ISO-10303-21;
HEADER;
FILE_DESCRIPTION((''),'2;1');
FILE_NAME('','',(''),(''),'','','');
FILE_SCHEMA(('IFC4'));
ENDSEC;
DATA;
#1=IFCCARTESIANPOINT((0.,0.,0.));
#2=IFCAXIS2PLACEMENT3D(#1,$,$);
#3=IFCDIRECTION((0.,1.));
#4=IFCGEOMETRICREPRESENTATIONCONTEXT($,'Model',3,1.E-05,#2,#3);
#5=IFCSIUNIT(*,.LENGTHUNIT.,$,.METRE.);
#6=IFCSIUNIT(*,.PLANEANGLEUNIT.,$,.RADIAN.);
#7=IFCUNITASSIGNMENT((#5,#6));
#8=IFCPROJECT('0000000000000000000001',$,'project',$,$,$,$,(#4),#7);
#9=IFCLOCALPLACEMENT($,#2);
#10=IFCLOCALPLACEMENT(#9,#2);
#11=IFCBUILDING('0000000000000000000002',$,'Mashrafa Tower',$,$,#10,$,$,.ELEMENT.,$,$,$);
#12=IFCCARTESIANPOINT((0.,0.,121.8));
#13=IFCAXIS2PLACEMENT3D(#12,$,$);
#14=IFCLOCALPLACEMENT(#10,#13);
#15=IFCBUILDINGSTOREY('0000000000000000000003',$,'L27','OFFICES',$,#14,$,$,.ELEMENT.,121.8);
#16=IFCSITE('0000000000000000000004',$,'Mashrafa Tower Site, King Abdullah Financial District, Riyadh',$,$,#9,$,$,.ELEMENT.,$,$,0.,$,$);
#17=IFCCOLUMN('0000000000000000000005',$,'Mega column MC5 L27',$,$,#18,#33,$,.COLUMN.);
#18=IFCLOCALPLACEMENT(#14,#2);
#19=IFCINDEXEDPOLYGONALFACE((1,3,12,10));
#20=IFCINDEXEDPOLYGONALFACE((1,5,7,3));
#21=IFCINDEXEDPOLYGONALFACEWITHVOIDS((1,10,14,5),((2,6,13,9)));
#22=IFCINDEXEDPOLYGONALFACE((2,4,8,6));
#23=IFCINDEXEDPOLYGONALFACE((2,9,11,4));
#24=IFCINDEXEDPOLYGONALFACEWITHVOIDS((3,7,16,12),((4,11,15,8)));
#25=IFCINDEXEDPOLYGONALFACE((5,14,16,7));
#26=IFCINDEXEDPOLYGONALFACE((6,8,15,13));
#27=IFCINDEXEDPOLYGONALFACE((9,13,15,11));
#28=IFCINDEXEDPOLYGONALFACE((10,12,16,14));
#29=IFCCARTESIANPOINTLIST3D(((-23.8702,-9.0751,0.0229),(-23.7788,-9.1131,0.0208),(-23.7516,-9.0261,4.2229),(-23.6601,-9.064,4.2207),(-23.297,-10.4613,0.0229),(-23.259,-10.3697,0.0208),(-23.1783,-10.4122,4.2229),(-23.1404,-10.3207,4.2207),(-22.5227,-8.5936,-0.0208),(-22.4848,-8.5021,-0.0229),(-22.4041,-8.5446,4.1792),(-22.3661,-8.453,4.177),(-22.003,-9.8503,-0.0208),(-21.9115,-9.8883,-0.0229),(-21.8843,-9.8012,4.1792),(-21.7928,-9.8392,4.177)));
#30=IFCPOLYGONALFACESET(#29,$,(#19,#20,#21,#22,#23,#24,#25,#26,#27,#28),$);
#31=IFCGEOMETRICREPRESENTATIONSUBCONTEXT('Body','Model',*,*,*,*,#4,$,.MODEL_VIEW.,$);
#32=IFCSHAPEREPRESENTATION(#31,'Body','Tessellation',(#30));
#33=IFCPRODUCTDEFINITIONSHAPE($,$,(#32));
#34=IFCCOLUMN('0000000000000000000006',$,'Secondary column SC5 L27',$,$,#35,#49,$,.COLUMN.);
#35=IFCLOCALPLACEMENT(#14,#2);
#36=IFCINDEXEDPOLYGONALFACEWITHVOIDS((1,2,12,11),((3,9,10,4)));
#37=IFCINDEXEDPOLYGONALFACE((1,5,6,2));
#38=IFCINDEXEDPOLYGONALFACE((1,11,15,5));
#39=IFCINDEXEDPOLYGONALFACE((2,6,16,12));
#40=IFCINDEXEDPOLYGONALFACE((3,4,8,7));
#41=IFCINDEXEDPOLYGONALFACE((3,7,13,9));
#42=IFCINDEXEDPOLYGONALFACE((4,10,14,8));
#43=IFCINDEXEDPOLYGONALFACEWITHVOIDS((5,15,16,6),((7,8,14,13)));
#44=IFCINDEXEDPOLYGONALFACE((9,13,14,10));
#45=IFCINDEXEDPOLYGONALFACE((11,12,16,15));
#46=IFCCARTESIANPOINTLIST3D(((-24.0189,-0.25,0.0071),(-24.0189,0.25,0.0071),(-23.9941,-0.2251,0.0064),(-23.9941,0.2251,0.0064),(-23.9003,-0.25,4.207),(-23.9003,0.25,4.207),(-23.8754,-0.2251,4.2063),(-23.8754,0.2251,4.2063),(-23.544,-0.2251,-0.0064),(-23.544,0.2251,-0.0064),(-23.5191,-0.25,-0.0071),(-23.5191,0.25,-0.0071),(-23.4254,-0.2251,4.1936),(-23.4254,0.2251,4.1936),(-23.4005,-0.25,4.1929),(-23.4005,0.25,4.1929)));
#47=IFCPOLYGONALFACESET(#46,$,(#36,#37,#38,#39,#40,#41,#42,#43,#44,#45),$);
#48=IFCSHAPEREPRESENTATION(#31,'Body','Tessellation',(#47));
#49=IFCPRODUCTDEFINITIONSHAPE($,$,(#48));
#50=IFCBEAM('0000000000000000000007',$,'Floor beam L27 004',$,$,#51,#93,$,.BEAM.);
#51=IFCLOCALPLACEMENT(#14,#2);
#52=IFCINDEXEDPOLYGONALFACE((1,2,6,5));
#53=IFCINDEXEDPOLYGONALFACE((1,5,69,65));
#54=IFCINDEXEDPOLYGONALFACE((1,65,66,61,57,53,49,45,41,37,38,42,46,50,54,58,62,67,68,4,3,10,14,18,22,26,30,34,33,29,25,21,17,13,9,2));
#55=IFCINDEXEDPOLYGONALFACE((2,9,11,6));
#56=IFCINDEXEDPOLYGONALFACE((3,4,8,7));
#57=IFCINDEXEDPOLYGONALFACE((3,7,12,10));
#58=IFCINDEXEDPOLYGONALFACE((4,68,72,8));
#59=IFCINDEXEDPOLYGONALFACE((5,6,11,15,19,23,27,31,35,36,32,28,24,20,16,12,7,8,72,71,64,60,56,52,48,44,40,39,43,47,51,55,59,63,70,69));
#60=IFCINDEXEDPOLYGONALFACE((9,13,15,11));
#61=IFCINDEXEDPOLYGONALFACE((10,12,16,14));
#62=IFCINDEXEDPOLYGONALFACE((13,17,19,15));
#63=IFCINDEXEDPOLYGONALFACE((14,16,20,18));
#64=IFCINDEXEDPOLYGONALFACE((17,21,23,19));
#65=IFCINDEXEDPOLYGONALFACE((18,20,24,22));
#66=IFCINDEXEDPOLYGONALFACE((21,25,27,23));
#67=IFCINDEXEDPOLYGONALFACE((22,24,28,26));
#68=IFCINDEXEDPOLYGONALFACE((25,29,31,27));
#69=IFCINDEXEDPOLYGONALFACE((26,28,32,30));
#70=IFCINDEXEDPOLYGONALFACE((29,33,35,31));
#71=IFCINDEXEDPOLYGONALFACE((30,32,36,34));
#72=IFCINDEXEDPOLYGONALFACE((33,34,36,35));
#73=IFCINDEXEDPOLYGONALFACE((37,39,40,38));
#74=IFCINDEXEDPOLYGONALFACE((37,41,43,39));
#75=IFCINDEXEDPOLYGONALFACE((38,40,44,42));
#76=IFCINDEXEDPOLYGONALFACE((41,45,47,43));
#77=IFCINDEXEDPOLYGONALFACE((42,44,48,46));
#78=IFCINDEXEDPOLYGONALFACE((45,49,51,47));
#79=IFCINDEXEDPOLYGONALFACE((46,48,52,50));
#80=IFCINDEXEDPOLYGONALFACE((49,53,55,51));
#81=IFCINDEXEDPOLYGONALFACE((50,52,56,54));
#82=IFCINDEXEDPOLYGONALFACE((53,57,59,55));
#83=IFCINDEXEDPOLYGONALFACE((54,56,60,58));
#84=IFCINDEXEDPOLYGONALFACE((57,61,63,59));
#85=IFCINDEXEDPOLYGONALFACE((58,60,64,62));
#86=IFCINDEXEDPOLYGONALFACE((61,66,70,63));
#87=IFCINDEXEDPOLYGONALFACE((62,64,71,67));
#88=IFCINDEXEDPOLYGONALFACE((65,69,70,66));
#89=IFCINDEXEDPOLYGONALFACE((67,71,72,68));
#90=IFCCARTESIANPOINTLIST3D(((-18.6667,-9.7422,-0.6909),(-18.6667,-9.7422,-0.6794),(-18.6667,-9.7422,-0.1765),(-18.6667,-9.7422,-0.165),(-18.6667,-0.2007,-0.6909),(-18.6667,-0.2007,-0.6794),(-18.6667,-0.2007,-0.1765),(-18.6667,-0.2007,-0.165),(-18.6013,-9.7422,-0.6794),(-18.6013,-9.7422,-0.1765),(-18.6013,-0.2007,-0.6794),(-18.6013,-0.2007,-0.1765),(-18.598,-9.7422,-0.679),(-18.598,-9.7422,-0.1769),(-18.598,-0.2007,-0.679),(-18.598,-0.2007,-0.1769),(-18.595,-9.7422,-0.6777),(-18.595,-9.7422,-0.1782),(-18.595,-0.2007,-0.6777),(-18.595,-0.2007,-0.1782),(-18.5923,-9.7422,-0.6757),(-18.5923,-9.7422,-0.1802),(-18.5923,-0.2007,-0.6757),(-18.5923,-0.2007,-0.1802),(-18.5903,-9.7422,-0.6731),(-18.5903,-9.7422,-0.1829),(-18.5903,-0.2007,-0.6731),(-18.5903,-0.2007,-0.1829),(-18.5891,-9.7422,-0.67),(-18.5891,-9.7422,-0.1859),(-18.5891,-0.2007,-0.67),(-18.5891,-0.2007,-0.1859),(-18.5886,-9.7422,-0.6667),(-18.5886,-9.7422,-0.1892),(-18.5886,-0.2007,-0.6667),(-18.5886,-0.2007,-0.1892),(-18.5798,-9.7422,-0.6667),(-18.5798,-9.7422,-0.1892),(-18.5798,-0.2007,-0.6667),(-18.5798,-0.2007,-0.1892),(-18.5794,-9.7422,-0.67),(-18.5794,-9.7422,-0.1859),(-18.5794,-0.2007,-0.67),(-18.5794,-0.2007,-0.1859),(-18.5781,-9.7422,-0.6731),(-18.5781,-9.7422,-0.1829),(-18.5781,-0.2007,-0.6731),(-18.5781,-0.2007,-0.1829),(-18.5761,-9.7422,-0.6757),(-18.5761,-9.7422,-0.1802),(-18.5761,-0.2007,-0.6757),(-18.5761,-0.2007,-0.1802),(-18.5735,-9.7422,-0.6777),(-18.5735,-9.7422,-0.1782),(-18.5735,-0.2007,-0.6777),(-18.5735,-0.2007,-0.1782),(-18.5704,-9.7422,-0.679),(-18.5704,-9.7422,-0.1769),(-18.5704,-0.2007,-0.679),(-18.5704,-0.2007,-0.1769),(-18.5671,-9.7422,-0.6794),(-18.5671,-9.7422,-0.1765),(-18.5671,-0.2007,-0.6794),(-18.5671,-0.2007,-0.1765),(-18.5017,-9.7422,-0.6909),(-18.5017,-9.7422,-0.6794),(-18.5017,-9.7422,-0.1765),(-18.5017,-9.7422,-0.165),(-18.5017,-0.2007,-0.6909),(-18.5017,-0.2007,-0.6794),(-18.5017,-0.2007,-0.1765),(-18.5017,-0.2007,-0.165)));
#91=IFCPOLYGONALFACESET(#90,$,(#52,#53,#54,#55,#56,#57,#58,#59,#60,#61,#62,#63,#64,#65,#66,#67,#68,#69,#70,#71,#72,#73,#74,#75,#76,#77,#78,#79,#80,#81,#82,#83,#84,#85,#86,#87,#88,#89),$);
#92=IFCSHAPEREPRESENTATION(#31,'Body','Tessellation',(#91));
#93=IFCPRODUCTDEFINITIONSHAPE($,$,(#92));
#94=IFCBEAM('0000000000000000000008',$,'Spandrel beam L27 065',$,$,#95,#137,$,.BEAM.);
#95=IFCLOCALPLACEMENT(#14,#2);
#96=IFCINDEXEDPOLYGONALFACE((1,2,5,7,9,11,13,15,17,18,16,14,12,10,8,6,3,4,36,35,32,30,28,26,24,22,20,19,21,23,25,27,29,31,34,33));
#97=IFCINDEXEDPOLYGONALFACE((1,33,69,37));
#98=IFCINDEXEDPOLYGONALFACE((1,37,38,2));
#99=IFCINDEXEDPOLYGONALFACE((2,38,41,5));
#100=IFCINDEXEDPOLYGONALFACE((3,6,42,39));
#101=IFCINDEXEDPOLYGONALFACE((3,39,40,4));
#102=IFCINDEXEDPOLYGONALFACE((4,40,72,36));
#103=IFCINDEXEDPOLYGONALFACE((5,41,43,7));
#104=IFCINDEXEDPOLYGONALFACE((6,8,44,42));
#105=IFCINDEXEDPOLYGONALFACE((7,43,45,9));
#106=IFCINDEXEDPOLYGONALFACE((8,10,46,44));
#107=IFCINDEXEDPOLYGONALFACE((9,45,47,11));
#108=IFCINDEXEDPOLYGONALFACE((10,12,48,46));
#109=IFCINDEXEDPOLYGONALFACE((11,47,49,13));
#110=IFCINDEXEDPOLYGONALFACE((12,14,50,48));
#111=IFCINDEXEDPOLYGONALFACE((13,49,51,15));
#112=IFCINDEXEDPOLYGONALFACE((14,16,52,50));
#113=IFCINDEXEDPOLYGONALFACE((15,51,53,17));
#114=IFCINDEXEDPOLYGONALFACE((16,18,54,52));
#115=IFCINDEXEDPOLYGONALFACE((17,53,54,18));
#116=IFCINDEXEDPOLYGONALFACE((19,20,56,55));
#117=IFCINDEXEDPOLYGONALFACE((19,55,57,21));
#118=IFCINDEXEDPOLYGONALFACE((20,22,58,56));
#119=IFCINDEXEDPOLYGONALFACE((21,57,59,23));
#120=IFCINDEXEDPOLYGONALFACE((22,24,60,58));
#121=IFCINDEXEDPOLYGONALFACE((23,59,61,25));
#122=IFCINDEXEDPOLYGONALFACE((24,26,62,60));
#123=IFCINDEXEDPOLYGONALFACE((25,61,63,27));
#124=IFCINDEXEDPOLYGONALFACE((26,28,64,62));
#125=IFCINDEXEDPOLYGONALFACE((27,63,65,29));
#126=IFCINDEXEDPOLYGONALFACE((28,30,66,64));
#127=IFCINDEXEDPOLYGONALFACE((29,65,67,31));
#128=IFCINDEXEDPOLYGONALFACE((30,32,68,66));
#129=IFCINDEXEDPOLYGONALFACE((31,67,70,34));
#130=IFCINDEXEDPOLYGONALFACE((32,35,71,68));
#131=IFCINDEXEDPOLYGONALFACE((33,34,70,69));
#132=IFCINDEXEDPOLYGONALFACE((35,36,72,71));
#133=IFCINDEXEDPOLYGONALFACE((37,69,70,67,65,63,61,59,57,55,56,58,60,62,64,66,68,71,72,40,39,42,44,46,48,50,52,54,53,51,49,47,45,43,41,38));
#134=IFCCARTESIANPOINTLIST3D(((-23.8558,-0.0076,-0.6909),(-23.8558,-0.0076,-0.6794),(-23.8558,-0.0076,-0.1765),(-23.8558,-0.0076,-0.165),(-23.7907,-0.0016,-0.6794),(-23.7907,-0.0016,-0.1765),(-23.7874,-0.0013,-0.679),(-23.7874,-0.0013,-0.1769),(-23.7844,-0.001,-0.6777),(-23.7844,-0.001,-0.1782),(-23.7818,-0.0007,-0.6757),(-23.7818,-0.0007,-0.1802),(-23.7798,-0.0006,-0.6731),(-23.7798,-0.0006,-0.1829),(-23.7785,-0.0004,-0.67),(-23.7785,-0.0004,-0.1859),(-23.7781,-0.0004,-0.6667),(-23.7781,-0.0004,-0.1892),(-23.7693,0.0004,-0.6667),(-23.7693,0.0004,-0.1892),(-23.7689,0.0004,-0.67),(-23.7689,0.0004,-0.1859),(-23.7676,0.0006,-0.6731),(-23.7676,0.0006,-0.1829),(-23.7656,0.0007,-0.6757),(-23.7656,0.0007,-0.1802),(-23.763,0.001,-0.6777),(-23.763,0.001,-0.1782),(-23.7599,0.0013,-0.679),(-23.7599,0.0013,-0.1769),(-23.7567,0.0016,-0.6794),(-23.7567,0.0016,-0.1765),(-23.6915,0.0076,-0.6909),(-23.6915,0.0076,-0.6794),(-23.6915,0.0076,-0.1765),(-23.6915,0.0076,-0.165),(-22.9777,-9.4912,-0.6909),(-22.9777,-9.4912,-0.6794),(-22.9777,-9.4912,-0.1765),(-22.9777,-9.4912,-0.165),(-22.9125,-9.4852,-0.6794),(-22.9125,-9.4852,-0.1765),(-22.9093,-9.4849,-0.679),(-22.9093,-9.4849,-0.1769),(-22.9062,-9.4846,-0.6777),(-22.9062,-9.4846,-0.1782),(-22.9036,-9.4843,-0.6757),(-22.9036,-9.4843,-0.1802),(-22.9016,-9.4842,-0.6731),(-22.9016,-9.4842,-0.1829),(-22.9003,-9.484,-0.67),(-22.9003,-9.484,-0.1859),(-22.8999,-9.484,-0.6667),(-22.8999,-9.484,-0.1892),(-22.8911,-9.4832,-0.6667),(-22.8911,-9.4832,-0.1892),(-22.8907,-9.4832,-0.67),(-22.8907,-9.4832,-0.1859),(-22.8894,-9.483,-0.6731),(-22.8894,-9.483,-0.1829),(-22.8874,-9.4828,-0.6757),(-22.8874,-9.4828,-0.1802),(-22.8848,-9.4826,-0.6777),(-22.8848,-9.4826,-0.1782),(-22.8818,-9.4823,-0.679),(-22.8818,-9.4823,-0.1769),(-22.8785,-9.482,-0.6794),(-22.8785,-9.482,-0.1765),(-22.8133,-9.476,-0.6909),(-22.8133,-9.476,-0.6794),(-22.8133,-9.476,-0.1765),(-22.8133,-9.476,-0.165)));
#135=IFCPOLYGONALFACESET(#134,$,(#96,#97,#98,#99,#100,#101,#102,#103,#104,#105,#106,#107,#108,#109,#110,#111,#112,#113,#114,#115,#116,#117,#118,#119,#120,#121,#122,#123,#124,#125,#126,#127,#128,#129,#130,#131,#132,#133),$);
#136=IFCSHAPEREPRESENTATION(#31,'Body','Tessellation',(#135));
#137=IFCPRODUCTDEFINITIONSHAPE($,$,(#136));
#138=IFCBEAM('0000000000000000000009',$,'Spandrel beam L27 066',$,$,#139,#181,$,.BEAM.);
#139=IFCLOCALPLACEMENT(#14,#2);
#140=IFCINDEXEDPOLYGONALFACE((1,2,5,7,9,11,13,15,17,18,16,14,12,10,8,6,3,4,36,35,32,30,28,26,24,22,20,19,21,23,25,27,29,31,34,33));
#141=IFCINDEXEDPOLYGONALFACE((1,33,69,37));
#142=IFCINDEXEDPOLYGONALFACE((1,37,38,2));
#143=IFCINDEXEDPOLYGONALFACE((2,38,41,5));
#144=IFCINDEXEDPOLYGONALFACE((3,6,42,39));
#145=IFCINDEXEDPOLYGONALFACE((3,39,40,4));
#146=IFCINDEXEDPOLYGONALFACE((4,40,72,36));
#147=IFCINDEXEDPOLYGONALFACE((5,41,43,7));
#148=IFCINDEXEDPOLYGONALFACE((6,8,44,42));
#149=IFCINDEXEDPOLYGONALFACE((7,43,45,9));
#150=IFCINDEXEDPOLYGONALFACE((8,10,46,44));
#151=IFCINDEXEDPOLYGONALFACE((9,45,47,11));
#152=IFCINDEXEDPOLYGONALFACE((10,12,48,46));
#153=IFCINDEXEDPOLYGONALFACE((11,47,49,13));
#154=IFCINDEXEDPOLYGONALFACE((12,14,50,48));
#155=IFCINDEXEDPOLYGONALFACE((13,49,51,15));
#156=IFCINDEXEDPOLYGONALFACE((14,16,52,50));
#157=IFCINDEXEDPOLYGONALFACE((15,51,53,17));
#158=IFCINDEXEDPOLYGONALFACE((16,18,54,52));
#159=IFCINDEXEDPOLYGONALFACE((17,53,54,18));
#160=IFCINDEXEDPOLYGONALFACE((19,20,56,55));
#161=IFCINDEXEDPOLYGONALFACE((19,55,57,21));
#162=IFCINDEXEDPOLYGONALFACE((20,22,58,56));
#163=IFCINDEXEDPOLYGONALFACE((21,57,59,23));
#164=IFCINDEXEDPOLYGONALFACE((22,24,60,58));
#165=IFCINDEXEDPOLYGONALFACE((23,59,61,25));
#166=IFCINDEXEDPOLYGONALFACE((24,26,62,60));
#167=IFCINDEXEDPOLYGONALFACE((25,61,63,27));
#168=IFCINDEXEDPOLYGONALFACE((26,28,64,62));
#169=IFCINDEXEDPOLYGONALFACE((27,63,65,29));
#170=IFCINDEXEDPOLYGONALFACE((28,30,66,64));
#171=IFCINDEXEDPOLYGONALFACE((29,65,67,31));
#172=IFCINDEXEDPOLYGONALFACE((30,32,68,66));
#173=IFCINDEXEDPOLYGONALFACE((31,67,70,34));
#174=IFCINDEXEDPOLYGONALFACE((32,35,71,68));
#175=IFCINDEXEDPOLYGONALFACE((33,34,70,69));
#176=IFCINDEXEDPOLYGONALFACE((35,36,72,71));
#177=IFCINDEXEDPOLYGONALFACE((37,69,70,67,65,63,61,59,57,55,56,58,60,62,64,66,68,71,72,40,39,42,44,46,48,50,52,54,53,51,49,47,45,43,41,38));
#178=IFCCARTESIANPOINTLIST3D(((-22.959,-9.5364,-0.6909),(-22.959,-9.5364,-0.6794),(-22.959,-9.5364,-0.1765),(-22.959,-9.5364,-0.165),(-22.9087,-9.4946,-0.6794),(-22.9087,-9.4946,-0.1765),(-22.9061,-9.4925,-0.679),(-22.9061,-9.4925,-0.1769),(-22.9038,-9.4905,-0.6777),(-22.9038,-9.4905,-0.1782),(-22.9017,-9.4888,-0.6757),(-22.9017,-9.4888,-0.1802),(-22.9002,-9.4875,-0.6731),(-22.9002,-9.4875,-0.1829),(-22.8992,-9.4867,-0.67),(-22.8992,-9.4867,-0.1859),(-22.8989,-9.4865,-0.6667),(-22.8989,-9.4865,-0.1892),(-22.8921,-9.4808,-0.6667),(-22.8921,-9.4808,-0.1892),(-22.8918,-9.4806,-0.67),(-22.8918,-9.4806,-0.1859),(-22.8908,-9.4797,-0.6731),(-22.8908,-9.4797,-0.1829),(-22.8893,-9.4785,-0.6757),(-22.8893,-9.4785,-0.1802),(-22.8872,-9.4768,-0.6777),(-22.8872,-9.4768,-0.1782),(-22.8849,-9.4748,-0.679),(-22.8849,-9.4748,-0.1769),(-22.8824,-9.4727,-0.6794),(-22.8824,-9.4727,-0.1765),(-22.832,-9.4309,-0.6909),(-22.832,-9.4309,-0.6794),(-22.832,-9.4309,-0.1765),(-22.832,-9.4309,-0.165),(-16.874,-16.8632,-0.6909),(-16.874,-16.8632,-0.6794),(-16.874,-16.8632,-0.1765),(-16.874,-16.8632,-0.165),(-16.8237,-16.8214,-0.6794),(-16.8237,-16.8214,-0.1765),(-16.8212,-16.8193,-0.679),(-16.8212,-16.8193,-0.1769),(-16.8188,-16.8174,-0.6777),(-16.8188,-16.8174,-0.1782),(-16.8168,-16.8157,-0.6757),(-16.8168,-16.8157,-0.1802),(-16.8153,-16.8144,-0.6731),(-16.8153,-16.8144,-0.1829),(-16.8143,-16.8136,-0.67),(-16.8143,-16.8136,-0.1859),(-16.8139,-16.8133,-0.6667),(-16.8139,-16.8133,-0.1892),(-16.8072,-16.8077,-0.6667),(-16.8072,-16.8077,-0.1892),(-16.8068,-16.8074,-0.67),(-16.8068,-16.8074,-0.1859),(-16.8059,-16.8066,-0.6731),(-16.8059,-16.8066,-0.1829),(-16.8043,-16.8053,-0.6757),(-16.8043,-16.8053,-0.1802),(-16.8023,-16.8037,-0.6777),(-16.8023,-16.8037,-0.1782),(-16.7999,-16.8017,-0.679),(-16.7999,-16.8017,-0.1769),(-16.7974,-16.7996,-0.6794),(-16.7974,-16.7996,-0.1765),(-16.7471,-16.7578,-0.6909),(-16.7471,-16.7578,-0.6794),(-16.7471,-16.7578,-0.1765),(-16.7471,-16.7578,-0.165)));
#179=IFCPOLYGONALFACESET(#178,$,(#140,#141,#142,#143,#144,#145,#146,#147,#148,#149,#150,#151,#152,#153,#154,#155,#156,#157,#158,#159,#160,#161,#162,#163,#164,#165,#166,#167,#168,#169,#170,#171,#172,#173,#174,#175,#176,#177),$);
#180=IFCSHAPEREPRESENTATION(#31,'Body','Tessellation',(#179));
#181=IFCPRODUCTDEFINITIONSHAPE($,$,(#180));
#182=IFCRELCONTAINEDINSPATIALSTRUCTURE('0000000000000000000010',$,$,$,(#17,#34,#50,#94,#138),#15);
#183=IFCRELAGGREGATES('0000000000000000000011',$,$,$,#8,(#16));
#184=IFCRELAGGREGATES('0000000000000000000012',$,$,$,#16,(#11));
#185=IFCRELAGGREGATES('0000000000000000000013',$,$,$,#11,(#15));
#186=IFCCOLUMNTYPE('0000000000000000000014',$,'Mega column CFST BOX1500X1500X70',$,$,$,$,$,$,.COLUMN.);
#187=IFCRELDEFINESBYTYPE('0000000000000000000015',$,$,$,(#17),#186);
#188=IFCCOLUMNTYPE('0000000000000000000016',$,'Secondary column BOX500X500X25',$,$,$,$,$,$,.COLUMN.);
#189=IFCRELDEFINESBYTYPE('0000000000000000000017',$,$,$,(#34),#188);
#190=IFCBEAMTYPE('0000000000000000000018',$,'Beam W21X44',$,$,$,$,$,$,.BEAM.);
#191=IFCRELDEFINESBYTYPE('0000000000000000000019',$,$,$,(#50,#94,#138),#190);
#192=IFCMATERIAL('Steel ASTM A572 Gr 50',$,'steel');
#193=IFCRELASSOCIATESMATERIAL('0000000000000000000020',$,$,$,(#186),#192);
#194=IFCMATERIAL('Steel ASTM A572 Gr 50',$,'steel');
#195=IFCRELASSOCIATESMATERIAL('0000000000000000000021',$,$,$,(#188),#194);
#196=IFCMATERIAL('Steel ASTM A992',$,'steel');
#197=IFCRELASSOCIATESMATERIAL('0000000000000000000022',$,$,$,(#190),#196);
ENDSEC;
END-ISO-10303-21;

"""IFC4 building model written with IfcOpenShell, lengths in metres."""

from ifc_helpers import new_model, si_unit, direction, frame, origin, origin_2d, place, context, subcontext, project, spatial, hollow_rectangle, i_section, extrude, material, material_profile, profile_set, type_object, element, save


model = new_model("IFC4")

# Units and contexts
model_context = context("Model", 3, precision=1e-05, world=origin(), true_north=direction((0.0, 1.0)))
body_context = subcontext(model_context, "Body", "Model", "MODEL_VIEW")
ifc_project = project(units=[si_unit("LENGTHUNIT", "METRE"), si_unit("PLANEANGLEUNIT", "RADIAN")], contexts=[model_context])

# Site, building, storey
site_placement = place(None, origin())
site = spatial("IfcSite", under=ifc_project, at=site_placement, Name="Mashrafa Tower Site, King Abdullah Financial District, Riyadh", CompositionType="ELEMENT", RefElevation=0.0)
building_placement = place(site_placement, origin())
building = spatial("IfcBuilding", under=site, at=building_placement, Name="Mashrafa Tower", CompositionType="ELEMENT")
storey_placement = place(building_placement, frame((0.0, 0.0, 121.8)))
storey = spatial("IfcBuildingStorey", under=building, at=storey_placement, Name="L27", Description="OFFICES", CompositionType="ELEMENT", Elevation=121.8)

# Columns
ifc_material_1 = material(Name="Steel ASTM A572 Gr 50", Category="steel")
ifc_material_profile_1 = material_profile(ifc_material_1, hollow_rectangle(XDim=1.5, YDim=1.5, WallThickness=0.0701, at=origin_2d()), Name="BOX1500X1500X70")
ifc_profile_set_1 = profile_set([ifc_material_profile_1], Name="Steel ASTM A572 Gr 50")
column_type_1 = type_object("IfcColumnType", Name="Mega column CFST BOX1500X1500X70", PredefinedType="COLUMN", material=ifc_profile_set_1)
column_1_placement = place(storey_placement, frame((-22.8909, -9.4817, 0.0), z_axis=(0.028238, 0.011679, 0.999533), x_axis=(-0.382184, 0.924086, 0.0)))
element("IfcColumn", 1, at=column_1_placement, inside=storey, type_object=column_type_1, Name="Mega column MC5 L27", PredefinedType="COLUMN", context=body_context, shape_type="SweptSolid", body=[
    extrude(hollow_rectangle(XDim=1.5, YDim=1.5, WallThickness=0.0701, at=origin_2d()), origin(), (0.0, 0.0, 1.0), 4.2019),
])
ifc_material_2 = material(Name="Steel ASTM A572 Gr 50", Category="steel")
ifc_material_profile_2 = material_profile(ifc_material_2, hollow_rectangle(XDim=0.5, YDim=0.5, WallThickness=0.0249, at=origin_2d()), Name="BOX500X500X25")
ifc_profile_set_2 = profile_set([ifc_material_profile_2], Name="Steel ASTM A572 Gr 50")
column_type_2 = type_object("IfcColumnType", Name="Secondary column BOX500X500X25", PredefinedType="COLUMN", material=ifc_profile_set_2)
column_2_placement = place(storey_placement, frame((-23.769, 0.0, 0.0), z_axis=(0.02824, 0.0, 0.999601), x_axis=(0.0, 1.0, 0.0)))
element("IfcColumn", 2, at=column_2_placement, inside=storey, type_object=column_type_2, Name="Secondary column SC5 L27", PredefinedType="COLUMN", context=body_context, shape_type="SweptSolid", body=[
    extrude(hollow_rectangle(XDim=0.5, YDim=0.5, WallThickness=0.0249, at=origin_2d()), origin(), (0.0, 0.0, 1.0), 4.2017),
])

# Beams
ifc_material_3 = material(Name="Steel ASTM A992", Category="steel")
ifc_material_profile_3 = material_profile(ifc_material_3, i_section(OverallWidth=0.165, OverallDepth=0.5259, WebThickness=0.0088, FlangeThickness=0.0115, FilletRadius=0.0127, at=origin_2d()), Name="W21X44")
ifc_profile_set_3 = profile_set([ifc_material_profile_3], Name="Steel ASTM A992")
beam_type_1 = type_object("IfcBeamType", Name="Beam W21X44", PredefinedType="BEAM", material=ifc_profile_set_3)
beam_placement = place(storey_placement, frame((-18.5842, -9.7422, -0.428), z_axis=(0.0, 1.0, 0.0), x_axis=(-1.0, 0.0, 0.0)))
element("IfcBeam", 3, at=beam_placement, inside=storey, type_object=beam_type_1, Name="Floor beam L27 004", PredefinedType="BEAM", context=body_context, shape_type="SweptSolid", body=[
    extrude(i_section(OverallWidth=0.165, OverallDepth=0.5259, WebThickness=0.0088, FlangeThickness=0.0115, FilletRadius=0.0127, at=origin_2d()), origin(), (0.0, 0.0, 1.0), 9.5415),
])
for number, where, z_axis, x_axis, name in (
    (4, (-23.7737, 0.0, -0.428), (0.092204, -0.99574, 0.0), (0.99574, 0.092204, 0.0), "Spandrel beam L27 065"),
    (5, (-22.8955, -9.4836, -0.428), (0.638895, -0.769294, 0.0), (0.769294, 0.638895, 0.0), "Spandrel beam L27 066"),
):
    element("IfcBeam", number, at=place(storey_placement, frame(where, z_axis=z_axis, x_axis=x_axis)), inside=storey, type_object=beam_type_1, Name=name, PredefinedType="BEAM", context=body_context, shape_type="SweptSolid", body=[
        extrude(i_section(OverallWidth=0.165, OverallDepth=0.5259, WebThickness=0.0088, FlangeThickness=0.0115, FilletRadius=0.0127, at=origin_2d()), origin(), (0.0, 0.0, 1.0), 9.5242),
    ])

save(model, "model.ifc")
